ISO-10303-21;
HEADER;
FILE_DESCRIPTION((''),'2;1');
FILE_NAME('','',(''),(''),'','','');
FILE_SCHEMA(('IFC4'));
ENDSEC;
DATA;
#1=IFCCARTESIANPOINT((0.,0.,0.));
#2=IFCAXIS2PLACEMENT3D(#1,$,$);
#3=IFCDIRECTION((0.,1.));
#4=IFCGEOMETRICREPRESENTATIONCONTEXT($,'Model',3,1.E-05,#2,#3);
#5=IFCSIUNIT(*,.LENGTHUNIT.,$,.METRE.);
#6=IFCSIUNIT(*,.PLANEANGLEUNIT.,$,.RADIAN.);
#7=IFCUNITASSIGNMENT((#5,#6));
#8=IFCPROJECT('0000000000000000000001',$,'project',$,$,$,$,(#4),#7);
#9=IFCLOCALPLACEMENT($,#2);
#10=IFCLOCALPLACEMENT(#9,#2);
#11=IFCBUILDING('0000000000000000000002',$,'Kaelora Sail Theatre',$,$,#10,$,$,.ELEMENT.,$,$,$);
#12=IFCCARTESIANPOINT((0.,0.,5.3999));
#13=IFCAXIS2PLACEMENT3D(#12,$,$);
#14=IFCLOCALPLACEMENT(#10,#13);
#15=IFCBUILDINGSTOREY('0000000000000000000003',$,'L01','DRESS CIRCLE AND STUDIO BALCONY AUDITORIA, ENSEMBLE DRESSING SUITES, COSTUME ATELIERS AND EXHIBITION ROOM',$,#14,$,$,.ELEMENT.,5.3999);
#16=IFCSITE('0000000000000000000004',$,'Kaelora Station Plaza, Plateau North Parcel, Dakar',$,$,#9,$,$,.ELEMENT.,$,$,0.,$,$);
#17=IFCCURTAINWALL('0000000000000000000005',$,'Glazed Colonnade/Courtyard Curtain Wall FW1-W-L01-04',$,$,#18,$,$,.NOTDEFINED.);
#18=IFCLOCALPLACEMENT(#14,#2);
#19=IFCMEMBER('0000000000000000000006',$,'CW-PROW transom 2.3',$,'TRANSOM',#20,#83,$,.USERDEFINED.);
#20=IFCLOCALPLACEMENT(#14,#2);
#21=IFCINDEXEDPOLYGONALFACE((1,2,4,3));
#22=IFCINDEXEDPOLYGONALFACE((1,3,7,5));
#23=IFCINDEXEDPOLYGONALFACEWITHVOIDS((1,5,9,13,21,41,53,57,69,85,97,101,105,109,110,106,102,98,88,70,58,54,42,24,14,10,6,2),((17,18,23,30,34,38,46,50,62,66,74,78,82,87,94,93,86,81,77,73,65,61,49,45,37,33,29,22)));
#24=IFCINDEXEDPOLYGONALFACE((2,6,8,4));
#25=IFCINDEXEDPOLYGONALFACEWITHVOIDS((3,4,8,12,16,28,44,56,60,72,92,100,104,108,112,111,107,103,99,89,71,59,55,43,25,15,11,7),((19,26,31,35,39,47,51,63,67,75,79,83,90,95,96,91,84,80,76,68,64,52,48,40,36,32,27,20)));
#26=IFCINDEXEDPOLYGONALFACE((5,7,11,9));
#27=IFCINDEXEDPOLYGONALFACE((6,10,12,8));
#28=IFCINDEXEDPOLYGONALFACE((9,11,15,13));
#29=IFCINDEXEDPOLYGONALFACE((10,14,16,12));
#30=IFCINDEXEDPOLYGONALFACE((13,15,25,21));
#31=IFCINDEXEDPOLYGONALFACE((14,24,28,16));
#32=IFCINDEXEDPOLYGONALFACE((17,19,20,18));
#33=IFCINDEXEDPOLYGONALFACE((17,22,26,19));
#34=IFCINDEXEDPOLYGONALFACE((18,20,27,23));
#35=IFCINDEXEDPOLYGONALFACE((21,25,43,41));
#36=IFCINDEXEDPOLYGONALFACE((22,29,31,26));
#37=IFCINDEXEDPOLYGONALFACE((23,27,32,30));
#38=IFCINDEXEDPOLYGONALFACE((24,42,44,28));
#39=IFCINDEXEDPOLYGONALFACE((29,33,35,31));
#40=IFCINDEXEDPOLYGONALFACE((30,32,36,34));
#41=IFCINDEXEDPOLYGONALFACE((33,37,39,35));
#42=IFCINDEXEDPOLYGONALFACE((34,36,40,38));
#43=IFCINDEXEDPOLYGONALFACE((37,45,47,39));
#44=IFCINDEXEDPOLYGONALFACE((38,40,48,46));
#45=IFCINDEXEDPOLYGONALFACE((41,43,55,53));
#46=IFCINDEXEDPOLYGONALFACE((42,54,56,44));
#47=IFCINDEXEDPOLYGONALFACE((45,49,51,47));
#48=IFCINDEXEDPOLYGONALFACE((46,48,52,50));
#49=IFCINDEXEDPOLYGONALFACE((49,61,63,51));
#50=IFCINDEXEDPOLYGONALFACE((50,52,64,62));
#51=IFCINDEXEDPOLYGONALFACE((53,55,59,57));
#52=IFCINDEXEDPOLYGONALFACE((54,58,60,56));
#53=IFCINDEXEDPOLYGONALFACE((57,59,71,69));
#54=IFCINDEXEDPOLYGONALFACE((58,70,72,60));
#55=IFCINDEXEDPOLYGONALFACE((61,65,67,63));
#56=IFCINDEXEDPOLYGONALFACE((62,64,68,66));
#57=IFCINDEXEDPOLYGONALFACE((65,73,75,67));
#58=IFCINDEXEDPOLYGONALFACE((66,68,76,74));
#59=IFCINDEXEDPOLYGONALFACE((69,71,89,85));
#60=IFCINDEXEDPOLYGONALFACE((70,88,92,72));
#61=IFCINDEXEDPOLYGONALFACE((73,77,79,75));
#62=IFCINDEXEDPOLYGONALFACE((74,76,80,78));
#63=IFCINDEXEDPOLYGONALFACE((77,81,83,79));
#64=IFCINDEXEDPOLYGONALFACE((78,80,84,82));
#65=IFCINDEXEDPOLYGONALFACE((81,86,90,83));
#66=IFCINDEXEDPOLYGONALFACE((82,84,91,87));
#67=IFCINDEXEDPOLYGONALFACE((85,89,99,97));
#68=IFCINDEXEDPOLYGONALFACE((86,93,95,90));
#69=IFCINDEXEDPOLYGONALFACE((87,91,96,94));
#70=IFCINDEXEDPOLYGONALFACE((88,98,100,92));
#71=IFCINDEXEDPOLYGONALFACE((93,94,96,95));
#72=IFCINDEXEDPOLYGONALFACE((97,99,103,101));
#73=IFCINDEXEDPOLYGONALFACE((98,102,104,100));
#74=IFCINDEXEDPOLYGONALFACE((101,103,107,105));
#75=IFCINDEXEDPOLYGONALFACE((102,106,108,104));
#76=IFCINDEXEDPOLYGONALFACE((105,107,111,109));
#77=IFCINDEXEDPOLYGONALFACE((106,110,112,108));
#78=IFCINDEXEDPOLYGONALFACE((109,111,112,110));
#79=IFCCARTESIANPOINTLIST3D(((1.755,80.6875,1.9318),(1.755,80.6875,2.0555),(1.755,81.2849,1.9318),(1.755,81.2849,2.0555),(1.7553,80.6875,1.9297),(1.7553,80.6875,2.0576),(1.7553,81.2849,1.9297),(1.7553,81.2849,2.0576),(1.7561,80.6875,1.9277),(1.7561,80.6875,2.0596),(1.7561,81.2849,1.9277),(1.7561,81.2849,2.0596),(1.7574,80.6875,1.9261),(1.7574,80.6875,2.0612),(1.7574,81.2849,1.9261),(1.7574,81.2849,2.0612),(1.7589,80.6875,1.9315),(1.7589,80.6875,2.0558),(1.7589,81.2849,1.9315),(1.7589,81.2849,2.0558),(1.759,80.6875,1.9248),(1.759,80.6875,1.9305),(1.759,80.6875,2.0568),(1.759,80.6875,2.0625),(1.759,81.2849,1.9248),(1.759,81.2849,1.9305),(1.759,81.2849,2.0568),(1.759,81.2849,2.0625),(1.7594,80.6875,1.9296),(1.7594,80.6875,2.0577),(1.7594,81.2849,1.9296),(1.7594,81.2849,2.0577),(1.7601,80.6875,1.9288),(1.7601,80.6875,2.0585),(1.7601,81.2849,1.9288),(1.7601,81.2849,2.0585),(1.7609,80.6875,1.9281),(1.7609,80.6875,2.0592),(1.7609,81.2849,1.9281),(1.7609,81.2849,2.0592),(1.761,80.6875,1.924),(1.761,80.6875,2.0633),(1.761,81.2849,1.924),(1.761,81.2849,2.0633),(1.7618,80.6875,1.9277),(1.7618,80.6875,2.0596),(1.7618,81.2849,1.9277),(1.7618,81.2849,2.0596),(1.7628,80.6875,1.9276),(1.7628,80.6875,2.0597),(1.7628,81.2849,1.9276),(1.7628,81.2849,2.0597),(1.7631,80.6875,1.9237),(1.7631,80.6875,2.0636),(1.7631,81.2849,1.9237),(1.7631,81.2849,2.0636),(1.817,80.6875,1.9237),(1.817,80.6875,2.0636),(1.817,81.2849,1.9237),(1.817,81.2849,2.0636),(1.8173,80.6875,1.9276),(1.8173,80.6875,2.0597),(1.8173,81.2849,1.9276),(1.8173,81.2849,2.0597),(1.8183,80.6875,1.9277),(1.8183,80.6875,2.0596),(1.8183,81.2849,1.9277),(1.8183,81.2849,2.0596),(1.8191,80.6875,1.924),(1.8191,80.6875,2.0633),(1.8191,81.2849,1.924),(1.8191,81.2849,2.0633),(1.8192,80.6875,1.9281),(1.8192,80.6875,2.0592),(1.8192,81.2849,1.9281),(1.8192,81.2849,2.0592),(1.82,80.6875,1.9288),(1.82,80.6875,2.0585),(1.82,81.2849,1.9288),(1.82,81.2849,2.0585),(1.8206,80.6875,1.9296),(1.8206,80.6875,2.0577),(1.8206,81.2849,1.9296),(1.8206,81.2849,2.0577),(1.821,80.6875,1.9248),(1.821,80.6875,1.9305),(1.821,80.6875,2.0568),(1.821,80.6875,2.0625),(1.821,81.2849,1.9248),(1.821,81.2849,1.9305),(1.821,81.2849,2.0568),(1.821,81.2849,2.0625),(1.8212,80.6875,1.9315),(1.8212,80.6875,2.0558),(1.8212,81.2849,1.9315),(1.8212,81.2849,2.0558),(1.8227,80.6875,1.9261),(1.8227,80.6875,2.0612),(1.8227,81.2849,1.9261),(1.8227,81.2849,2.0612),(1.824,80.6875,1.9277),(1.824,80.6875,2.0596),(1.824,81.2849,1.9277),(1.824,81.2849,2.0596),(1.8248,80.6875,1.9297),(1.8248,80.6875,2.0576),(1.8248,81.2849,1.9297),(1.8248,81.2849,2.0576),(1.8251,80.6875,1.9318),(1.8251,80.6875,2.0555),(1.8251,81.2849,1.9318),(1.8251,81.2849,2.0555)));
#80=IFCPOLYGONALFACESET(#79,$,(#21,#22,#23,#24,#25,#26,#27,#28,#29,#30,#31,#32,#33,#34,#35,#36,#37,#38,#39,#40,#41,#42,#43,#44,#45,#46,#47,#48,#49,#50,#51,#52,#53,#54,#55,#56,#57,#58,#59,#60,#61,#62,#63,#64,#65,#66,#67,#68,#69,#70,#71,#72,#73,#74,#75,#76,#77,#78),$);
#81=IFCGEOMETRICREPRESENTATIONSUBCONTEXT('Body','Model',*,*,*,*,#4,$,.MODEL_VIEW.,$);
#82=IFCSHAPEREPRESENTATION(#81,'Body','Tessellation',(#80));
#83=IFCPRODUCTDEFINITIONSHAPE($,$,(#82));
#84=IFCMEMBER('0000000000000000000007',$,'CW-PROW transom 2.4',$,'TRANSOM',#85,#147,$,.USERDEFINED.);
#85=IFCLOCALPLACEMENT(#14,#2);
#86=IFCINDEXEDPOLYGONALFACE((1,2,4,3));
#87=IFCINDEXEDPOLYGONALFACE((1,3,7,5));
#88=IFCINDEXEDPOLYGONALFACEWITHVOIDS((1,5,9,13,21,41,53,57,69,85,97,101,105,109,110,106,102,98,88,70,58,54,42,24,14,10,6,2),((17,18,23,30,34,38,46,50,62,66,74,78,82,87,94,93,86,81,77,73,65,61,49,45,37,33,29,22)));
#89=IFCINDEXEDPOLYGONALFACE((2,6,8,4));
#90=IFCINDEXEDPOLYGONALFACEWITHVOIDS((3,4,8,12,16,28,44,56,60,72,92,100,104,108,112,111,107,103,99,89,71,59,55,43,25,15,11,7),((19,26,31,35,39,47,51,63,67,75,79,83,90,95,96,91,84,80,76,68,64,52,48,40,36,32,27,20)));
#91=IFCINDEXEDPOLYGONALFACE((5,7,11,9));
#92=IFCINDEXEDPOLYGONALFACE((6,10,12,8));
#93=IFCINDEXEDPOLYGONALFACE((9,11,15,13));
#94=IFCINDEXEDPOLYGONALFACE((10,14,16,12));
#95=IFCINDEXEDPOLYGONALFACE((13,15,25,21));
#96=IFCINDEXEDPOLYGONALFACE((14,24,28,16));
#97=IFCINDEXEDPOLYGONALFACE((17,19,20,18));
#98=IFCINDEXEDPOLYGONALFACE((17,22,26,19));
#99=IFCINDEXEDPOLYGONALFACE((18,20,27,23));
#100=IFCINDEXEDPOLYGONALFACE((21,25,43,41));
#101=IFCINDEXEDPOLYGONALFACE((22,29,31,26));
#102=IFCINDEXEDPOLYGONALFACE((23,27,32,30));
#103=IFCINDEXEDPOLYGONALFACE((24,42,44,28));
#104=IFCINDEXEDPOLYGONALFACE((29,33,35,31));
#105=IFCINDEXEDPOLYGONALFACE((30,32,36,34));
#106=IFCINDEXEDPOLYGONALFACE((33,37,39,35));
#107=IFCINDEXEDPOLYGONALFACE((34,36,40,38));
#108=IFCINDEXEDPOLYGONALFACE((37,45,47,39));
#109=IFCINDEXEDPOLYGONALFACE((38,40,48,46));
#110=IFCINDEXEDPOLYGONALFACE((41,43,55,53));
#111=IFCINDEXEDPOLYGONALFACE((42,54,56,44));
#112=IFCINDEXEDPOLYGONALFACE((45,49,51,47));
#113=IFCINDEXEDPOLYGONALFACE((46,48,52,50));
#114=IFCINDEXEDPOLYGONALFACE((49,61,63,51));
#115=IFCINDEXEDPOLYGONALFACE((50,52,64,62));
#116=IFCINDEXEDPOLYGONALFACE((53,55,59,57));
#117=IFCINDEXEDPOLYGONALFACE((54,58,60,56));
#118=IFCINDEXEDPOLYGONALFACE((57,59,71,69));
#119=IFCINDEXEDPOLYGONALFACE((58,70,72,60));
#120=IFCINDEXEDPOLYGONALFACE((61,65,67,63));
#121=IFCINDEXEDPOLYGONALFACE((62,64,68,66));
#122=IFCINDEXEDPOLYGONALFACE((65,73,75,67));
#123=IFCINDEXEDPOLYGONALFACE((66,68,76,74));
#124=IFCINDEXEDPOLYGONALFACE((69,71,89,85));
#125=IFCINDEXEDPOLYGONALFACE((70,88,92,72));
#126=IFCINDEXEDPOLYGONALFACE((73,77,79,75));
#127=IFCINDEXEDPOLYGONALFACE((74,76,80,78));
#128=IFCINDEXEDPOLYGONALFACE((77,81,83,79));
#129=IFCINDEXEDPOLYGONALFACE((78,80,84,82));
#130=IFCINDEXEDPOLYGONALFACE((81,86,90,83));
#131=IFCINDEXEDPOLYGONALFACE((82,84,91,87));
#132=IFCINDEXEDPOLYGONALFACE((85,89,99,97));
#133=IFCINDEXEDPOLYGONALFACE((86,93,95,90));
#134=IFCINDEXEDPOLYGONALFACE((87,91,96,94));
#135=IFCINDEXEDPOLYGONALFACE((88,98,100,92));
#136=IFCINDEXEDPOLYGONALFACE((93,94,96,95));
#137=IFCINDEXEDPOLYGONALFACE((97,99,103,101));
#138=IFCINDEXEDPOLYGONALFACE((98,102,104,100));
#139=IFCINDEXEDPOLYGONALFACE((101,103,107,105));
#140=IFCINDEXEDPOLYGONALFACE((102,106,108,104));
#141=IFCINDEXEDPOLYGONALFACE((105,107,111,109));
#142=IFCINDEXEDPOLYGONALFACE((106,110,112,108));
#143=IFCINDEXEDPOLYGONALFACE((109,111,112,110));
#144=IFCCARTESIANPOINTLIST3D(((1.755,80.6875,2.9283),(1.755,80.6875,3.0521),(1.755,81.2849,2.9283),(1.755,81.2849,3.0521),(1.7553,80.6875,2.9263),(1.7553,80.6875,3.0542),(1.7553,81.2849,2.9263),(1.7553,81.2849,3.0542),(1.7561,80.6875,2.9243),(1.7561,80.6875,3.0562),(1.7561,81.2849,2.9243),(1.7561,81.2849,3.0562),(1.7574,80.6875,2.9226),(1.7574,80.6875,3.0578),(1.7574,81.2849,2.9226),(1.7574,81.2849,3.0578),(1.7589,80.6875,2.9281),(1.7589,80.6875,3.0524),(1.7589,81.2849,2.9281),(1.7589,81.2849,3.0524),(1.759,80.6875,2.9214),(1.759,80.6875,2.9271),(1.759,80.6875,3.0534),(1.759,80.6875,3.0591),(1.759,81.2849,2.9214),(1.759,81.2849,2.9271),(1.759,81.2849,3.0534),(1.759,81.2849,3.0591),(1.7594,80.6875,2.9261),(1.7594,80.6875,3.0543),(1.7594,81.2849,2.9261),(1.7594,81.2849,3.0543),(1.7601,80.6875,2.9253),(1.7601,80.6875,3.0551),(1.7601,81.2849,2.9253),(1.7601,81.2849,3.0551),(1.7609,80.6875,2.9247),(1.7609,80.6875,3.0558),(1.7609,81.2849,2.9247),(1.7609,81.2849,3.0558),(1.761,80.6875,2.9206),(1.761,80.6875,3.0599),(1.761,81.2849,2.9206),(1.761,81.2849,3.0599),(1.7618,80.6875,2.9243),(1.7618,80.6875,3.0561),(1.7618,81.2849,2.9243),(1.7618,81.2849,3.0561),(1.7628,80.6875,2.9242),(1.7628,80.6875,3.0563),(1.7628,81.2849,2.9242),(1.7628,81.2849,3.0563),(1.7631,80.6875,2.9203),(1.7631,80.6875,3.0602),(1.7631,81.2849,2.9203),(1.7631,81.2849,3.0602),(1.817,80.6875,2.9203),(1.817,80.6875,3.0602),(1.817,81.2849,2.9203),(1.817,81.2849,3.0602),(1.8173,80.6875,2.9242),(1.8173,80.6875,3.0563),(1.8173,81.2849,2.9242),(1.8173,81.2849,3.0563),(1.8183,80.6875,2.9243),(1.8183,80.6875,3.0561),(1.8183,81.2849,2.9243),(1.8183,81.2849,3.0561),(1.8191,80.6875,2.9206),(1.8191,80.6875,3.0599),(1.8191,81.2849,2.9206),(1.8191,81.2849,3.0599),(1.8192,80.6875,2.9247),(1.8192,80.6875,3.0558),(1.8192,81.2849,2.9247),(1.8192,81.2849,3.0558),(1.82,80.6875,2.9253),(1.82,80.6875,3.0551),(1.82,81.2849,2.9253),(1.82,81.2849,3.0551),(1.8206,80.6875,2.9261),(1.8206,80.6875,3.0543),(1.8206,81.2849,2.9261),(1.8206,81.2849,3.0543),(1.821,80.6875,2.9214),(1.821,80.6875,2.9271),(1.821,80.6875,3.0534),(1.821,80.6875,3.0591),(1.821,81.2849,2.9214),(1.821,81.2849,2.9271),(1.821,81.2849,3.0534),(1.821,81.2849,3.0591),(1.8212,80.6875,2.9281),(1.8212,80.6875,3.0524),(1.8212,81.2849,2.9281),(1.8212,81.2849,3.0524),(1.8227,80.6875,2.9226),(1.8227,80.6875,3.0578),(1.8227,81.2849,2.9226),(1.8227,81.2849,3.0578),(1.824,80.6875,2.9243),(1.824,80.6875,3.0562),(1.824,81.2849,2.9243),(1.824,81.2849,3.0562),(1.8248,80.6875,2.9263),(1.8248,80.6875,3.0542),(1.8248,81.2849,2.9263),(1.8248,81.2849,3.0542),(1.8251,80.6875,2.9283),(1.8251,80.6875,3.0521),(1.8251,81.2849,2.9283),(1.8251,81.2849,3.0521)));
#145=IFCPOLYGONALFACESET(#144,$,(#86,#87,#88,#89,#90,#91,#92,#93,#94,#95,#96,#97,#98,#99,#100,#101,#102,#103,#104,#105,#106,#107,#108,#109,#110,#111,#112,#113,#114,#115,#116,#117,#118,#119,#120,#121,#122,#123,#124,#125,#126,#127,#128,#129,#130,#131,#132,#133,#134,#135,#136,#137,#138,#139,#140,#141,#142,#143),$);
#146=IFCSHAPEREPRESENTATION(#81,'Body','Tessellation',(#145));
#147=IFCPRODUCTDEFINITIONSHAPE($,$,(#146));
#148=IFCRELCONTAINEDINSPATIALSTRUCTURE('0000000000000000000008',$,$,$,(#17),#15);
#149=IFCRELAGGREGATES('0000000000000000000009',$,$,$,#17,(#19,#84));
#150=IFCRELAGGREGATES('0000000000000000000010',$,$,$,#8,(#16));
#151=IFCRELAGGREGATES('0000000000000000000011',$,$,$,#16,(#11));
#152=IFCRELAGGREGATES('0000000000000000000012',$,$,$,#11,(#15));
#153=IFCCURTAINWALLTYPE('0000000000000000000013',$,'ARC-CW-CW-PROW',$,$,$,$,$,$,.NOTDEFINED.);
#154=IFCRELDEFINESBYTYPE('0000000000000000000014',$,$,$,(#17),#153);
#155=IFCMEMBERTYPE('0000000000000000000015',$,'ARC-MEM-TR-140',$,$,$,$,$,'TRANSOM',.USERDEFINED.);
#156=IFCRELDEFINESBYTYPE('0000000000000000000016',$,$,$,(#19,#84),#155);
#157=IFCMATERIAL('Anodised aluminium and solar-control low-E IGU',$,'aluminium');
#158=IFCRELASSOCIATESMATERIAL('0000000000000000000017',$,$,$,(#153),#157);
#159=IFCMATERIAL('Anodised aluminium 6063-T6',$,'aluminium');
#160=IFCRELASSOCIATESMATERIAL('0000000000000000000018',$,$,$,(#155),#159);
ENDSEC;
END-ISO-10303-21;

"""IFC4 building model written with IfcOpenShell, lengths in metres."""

from ifc_helpers import new_model, si_unit, direction, frame, origin, origin_2d, place, context, subcontext, project, spatial, hollow_rectangle, extrude, material, material_profile, profile_set, type_object, element, aggregate, save


model = new_model("IFC4")

# Units and contexts
model_context = context("Model", 3, precision=1e-05, world=origin(), true_north=direction((0.0, 1.0)))
body_context = subcontext(model_context, "Body", "Model", "MODEL_VIEW")
ifc_project = project(units=[si_unit("LENGTHUNIT", "METRE"), si_unit("PLANEANGLEUNIT", "RADIAN")], contexts=[model_context])

# Site, building, storey
site_placement = place(None, origin())
site = spatial("IfcSite", under=ifc_project, at=site_placement, Name="Kaelora Station Plaza, Plateau North Parcel, Dakar", CompositionType="ELEMENT", RefElevation=0.0)
building_placement = place(site_placement, origin())
building = spatial("IfcBuilding", under=site, at=building_placement, Name="Kaelora Sail Theatre", CompositionType="ELEMENT")
storey_placement = place(building_placement, frame((0.0, 0.0, 5.3999)))
storey = spatial("IfcBuildingStorey", under=building, at=storey_placement, Name="L01", Description="DRESS CIRCLE AND STUDIO BALCONY AUDITORIA, ENSEMBLE DRESSING SUITES, COSTUME ATELIERS AND EXHIBITION ROOM", CompositionType="ELEMENT", Elevation=5.3999)

# Curtain wall, members
ifc_material_1 = material(Name="Anodised aluminium and solar-control low-E IGU", Category="aluminium")
curtain_wall_type = type_object("IfcCurtainWallType", Name="ARC-CW-CW-PROW", PredefinedType="NOTDEFINED", material=ifc_material_1)
curtain_wall_placement = place(storey_placement, origin())
curtain_wall = element("IfcCurtainWall", 1, at=curtain_wall_placement, inside=storey, type_object=curtain_wall_type, Name="Glazed Colonnade/Courtyard Curtain Wall FW1-W-L01-04", PredefinedType="NOTDEFINED")
ifc_material_2 = material(Name="Anodised aluminium 6063-T6", Category="aluminium")
ifc_material_profile_1 = material_profile(ifc_material_2, hollow_rectangle(XDim=0.0701, YDim=0.1399, WallThickness=0.0039, InnerFilletRadius=0.0039, OuterFilletRadius=0.0081, at=origin_2d()), Name="ALU-TRAN 70x140x4")
ifc_profile_set_1 = profile_set([ifc_material_profile_1], Name="Anodised aluminium 6063-T6")
member_type_1 = type_object("IfcMemberType", Name="ARC-MEM-TR-140", ElementType="TRANSOM", PredefinedType="USERDEFINED", material=ifc_profile_set_1)
member_1_placement = place(storey_placement, frame((1.79, 80.6875, 1.9937), z_axis=(0.0, 1.0, 0.0), x_axis=(-1.0, 0.0, 0.0)))
member_1 = element("IfcMember", 2, at=member_1_placement, type_object=member_type_1, Name="CW-PROW transom 2.3", ObjectType="TRANSOM", PredefinedType="USERDEFINED", context=body_context, shape_type="SweptSolid", body=[
    extrude(hollow_rectangle(XDim=0.0701, YDim=0.1399, WallThickness=0.0039, InnerFilletRadius=0.0039, OuterFilletRadius=0.0081, at=origin_2d()), origin(), (0.0, 0.0, 1.0), 0.5974),
])
member_2_placement = place(storey_placement, frame((1.79, 80.6875, 2.9902), z_axis=(0.0, 1.0, 0.0), x_axis=(-1.0, 0.0, 0.0)))
member_2 = element("IfcMember", 3, at=member_2_placement, type_object=member_type_1, Name="CW-PROW transom 2.4", ObjectType="TRANSOM", PredefinedType="USERDEFINED", context=body_context, shape_type="SweptSolid", body=[
    extrude(hollow_rectangle(XDim=0.0701, YDim=0.1399, WallThickness=0.0039, InnerFilletRadius=0.0039, OuterFilletRadius=0.0081, at=origin_2d()), origin(), (0.0, 0.0, 1.0), 0.5974),
])

aggregate(curtain_wall, [member_1, member_2])

save(model, "model.ifc")
